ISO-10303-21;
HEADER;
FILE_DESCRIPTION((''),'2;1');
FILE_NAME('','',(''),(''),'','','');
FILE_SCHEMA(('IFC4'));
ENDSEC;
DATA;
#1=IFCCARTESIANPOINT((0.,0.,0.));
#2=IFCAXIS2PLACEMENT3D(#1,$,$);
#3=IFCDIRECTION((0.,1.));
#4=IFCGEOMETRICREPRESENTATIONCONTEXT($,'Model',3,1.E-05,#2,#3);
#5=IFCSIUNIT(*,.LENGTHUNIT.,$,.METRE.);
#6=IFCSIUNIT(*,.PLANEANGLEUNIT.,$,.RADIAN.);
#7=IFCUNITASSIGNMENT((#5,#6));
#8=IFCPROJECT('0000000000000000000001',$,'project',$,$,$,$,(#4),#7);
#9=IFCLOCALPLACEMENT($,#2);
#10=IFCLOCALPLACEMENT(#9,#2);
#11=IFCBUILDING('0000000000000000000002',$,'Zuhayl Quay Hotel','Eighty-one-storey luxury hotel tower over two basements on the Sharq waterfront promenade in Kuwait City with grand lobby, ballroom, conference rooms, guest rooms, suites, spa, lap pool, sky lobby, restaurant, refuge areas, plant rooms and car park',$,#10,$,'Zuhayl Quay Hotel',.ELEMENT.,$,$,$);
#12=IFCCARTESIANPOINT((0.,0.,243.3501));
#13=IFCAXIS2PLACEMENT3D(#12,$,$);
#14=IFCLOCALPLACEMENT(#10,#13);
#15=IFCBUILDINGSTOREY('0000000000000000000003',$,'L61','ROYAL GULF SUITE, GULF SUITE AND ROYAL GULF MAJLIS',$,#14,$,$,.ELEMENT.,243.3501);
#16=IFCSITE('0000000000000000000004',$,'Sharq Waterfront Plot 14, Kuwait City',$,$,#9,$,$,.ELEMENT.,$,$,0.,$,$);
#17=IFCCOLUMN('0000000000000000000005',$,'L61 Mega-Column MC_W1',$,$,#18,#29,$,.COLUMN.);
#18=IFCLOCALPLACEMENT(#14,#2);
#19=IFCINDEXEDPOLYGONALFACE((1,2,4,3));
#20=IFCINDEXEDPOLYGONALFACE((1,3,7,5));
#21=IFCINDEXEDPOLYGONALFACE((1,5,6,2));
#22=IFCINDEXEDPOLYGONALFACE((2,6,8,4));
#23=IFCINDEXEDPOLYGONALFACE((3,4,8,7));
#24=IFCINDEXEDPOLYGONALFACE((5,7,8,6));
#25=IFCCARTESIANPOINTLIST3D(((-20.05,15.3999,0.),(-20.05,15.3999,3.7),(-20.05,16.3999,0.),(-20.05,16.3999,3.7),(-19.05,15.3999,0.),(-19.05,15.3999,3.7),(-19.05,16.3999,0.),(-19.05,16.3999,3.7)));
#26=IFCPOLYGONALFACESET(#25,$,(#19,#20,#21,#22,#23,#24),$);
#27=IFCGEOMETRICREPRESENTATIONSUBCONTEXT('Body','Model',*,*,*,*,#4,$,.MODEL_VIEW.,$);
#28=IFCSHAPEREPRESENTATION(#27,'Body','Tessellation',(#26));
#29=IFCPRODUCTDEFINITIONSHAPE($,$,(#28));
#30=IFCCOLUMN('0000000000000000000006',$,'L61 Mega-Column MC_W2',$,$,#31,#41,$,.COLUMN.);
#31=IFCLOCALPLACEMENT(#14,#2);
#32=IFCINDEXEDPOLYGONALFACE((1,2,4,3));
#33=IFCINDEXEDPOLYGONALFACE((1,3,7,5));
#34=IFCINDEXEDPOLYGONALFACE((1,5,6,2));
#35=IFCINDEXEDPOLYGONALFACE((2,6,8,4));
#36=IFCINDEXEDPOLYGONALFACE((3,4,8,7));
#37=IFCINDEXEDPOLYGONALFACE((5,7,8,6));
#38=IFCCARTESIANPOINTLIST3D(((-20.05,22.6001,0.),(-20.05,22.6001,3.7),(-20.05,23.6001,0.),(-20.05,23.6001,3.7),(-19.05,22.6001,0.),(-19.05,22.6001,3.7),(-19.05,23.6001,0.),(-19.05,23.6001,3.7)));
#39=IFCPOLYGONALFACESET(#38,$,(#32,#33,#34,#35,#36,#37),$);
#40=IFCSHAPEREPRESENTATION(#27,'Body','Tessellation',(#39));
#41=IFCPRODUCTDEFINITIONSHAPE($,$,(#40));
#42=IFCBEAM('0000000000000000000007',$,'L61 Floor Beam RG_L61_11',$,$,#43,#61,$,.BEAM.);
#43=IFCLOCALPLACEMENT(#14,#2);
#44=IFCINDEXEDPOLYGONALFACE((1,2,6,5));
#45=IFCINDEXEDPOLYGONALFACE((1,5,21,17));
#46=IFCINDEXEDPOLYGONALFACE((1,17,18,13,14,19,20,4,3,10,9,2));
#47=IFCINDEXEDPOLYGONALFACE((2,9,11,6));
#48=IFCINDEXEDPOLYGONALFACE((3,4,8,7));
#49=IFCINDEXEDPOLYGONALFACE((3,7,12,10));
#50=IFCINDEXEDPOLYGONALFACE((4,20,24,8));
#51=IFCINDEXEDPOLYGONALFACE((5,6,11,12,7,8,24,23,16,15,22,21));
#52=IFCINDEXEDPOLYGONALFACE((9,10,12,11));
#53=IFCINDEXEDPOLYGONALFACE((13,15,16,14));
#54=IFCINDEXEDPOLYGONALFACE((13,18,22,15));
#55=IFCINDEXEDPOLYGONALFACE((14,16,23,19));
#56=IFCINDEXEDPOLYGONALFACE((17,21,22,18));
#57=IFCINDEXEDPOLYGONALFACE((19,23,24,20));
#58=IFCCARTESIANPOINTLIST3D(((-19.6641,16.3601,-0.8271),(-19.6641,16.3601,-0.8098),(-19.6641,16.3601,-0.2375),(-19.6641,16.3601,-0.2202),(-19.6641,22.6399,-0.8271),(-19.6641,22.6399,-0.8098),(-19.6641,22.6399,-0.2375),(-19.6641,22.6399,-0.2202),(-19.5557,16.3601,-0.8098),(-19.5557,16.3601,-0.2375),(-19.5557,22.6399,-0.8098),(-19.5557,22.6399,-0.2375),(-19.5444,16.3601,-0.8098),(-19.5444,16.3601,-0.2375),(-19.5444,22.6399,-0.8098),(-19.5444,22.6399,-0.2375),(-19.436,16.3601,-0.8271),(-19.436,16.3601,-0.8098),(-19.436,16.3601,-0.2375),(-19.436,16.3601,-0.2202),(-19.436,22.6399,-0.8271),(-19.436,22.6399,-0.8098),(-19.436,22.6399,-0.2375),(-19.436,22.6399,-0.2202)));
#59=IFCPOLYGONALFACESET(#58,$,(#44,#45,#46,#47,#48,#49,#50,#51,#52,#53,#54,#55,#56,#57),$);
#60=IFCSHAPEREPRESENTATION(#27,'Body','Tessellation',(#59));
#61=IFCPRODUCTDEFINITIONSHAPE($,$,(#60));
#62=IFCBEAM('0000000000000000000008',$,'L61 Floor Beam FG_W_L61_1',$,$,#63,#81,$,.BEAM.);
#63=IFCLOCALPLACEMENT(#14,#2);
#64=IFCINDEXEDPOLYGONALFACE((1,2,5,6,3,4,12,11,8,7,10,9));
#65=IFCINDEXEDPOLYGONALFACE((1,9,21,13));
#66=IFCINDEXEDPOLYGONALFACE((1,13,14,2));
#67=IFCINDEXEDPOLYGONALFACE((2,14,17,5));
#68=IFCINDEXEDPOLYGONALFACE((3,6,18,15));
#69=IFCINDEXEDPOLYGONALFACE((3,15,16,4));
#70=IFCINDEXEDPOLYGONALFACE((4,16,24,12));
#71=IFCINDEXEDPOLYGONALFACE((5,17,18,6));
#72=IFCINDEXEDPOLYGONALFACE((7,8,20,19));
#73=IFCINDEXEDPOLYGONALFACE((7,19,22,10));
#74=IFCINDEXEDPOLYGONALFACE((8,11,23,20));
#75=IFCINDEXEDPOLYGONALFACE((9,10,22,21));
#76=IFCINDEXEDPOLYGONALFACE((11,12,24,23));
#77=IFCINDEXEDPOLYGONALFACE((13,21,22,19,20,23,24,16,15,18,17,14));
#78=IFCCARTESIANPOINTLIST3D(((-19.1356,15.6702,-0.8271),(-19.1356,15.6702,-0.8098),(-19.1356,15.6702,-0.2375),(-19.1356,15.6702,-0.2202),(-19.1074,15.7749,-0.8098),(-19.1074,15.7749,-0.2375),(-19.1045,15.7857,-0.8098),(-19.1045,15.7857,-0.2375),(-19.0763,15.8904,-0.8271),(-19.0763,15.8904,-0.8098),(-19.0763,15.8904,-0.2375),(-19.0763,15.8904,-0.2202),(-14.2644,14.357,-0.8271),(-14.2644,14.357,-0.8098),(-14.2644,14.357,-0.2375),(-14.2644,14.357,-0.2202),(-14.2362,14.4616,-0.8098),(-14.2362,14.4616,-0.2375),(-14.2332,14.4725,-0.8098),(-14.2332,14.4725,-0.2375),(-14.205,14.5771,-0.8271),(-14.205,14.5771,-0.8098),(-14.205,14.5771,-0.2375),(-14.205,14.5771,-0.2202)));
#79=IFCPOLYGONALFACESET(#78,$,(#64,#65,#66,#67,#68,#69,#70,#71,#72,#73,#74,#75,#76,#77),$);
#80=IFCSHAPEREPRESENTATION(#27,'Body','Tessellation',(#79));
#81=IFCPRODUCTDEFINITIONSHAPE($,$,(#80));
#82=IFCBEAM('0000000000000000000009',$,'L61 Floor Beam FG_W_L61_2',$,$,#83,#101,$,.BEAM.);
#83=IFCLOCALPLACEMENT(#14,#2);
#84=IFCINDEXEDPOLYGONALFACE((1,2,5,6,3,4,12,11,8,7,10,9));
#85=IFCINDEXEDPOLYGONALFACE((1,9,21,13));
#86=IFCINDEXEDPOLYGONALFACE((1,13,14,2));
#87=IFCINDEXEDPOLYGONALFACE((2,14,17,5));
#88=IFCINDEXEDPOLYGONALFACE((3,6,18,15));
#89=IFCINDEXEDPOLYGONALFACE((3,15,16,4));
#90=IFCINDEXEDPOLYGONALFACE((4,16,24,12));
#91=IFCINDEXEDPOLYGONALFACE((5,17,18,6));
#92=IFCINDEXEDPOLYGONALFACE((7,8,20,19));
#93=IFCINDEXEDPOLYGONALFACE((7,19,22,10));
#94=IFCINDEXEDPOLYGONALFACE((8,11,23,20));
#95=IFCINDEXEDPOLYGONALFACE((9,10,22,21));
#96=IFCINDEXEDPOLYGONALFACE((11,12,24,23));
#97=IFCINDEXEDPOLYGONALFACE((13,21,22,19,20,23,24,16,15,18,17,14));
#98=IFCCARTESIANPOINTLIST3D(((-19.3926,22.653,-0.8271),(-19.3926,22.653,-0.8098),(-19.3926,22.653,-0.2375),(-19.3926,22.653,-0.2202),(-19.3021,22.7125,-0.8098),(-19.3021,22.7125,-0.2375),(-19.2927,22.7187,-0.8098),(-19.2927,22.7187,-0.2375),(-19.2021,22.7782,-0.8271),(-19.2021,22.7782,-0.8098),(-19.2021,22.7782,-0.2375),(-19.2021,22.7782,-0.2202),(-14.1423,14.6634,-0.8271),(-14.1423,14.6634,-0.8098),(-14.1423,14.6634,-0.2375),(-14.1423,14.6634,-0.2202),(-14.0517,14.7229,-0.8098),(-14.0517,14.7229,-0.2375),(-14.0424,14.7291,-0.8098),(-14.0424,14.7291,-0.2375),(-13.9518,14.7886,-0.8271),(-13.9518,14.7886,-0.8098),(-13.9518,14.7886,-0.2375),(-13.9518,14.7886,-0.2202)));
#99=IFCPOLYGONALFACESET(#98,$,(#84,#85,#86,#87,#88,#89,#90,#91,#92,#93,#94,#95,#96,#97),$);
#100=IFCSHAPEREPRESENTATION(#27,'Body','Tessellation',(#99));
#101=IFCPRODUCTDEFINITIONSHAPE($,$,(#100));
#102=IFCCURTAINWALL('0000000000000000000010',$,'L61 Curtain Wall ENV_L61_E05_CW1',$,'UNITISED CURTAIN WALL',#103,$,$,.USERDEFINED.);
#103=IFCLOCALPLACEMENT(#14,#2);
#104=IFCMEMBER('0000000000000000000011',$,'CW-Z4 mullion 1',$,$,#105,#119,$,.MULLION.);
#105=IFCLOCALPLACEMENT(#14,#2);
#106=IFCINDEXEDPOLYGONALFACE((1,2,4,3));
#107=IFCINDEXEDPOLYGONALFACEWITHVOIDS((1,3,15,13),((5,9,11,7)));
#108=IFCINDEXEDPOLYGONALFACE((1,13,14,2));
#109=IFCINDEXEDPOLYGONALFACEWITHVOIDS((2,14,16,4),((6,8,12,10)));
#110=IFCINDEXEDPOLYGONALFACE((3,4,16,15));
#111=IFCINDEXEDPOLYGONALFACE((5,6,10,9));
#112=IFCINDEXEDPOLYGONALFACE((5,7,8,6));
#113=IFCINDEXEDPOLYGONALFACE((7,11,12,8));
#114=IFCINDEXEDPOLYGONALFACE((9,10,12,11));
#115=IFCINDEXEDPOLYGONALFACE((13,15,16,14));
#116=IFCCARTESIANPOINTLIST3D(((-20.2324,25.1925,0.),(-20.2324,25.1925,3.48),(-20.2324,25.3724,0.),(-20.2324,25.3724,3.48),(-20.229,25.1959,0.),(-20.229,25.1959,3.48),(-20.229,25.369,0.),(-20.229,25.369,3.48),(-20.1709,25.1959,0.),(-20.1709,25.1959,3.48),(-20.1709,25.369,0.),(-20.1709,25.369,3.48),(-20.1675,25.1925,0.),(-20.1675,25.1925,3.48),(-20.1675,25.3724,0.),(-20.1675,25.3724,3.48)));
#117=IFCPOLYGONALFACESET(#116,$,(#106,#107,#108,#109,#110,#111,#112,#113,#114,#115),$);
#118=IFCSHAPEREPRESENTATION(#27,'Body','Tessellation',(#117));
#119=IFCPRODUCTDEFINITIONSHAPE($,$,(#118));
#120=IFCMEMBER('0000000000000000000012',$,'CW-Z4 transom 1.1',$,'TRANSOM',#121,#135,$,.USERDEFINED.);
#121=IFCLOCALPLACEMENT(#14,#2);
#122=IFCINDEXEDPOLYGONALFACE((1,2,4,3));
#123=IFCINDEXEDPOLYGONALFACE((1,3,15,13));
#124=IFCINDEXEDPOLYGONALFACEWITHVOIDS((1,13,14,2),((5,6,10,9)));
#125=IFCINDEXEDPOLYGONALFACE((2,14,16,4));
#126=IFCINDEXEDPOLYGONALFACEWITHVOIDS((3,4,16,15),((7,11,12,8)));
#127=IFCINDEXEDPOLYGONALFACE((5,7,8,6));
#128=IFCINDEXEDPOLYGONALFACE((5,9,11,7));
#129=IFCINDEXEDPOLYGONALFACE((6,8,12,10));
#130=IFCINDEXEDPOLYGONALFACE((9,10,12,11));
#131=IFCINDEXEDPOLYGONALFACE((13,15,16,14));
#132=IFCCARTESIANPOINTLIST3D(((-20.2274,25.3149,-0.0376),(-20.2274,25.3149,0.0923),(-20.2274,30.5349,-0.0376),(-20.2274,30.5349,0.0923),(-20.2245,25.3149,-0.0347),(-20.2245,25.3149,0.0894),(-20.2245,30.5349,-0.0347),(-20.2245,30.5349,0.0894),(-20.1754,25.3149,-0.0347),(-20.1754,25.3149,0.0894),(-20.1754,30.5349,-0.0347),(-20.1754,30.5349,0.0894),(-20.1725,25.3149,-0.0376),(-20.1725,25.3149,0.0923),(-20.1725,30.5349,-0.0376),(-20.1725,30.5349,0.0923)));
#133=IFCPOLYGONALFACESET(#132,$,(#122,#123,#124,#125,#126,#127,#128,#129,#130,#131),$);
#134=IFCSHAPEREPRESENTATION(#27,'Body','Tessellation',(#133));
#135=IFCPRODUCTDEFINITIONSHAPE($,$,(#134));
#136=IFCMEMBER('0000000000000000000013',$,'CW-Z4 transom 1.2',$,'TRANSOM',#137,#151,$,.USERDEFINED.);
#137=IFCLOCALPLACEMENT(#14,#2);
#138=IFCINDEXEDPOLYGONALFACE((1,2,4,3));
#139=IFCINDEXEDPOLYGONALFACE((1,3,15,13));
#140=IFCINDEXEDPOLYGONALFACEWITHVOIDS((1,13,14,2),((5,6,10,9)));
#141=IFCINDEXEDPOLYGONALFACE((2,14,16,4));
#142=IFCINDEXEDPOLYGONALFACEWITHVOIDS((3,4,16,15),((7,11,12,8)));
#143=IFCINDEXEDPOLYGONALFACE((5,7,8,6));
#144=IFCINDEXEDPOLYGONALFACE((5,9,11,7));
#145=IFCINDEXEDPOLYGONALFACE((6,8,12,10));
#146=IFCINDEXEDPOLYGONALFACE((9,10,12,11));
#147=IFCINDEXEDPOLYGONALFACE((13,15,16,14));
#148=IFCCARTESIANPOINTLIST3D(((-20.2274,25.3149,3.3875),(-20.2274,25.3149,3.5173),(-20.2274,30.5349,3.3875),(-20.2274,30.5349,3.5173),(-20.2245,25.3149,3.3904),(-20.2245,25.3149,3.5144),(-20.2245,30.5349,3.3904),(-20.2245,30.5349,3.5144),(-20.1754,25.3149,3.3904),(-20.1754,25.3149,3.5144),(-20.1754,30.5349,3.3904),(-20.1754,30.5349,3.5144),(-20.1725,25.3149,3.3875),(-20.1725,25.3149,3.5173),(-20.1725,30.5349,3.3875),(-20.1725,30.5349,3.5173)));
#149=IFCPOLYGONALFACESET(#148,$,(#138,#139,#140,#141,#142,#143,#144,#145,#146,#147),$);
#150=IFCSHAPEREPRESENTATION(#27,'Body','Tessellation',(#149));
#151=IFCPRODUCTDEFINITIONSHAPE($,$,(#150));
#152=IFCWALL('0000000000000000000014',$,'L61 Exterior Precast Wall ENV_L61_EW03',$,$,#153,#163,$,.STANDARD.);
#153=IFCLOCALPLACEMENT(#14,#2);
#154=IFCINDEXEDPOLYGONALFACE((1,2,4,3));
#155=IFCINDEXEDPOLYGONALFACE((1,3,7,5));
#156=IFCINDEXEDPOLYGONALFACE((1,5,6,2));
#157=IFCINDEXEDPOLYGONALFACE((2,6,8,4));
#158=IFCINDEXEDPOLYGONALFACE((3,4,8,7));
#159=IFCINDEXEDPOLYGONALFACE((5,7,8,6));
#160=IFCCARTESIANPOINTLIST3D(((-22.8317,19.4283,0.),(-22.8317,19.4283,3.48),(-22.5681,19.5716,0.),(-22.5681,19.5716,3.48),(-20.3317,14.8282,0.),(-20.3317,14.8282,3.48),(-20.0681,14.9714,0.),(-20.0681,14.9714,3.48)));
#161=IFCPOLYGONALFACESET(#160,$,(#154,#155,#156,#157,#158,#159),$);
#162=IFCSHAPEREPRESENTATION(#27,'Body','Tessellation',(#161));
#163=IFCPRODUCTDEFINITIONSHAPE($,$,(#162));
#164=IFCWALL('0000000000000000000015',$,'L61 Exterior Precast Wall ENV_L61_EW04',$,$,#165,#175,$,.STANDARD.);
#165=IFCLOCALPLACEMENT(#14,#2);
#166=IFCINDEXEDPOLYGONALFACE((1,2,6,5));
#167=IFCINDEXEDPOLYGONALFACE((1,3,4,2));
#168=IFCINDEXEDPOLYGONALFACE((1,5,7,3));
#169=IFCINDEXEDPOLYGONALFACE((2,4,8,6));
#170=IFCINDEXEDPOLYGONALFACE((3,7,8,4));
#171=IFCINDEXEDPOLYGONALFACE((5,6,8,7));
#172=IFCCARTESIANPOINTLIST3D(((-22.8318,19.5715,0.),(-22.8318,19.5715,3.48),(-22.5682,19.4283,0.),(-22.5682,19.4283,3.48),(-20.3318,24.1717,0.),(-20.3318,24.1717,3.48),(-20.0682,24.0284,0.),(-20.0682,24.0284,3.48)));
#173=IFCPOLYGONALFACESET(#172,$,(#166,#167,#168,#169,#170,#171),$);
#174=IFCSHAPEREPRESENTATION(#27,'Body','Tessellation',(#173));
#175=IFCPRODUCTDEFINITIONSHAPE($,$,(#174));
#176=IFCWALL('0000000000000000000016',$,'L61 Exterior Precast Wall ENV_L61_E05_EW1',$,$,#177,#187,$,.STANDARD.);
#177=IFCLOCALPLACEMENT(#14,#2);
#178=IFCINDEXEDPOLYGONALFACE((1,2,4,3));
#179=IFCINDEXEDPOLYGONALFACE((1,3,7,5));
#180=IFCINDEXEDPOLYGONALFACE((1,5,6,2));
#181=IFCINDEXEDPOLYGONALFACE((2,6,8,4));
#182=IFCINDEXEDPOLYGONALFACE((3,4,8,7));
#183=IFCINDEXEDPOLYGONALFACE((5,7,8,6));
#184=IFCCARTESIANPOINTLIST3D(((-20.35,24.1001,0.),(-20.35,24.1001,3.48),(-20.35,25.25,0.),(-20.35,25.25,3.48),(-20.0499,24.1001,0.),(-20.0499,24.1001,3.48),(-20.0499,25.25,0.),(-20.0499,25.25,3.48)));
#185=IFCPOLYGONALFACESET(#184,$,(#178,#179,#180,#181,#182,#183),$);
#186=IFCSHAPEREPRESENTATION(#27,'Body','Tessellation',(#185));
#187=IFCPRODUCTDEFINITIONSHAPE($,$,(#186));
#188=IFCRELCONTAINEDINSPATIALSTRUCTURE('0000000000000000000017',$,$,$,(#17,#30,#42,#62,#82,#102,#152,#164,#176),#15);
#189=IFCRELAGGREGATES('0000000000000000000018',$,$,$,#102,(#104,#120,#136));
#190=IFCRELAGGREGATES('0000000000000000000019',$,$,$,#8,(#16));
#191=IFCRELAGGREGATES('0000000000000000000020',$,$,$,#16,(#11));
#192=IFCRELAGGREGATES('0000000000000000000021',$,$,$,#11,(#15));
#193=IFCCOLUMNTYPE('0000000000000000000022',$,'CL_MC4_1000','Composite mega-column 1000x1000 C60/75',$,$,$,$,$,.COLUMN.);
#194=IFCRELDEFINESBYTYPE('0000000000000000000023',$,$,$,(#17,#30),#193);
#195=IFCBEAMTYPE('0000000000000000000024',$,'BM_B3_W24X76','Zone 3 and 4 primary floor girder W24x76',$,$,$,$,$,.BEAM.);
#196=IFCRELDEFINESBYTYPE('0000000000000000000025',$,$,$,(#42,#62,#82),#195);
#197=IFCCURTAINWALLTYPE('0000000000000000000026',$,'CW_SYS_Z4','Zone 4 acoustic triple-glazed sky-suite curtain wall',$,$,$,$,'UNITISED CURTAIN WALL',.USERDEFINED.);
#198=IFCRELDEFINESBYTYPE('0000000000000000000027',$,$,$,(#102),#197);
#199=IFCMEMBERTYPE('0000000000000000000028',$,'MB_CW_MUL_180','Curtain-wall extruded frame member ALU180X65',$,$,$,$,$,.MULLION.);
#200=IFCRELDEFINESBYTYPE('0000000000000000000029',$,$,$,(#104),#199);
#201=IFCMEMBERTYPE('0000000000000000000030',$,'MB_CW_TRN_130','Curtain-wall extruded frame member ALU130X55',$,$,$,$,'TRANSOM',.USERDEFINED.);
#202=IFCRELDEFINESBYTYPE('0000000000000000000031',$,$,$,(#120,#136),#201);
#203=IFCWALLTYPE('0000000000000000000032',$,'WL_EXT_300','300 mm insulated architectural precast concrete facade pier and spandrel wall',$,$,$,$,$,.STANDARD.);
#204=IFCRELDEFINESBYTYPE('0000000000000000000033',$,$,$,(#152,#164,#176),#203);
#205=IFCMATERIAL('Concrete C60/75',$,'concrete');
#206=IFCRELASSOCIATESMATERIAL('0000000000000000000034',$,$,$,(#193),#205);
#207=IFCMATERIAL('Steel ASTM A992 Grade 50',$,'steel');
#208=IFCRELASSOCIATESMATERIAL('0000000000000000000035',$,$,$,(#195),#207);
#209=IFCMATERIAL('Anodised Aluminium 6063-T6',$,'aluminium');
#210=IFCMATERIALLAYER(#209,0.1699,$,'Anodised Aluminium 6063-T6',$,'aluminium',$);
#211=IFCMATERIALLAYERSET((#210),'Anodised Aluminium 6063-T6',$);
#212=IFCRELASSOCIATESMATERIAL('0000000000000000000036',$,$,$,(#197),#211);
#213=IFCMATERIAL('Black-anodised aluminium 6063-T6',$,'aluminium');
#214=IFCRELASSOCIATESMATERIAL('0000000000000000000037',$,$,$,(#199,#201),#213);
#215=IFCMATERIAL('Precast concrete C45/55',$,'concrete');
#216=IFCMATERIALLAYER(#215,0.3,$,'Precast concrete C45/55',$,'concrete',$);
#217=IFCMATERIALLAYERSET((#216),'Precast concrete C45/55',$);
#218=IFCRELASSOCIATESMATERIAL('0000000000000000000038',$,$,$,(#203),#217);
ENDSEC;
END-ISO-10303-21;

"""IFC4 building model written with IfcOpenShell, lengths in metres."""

from ifc_helpers import new_model, si_unit, direction, frame, frame_2d, origin, origin_2d, place, context, subcontext, project, spatial, rectangle, hollow_rectangle, i_section, extrude, material, layer, layer_set, material_profile, profile_set, type_object, element, aggregate, save


model = new_model("IFC4")

# Units and contexts
model_context = context("Model", 3, precision=1e-05, world=origin(), true_north=direction((0.0, 1.0)))
body_context = subcontext(model_context, "Body", "Model", "MODEL_VIEW")
ifc_project = project(units=[si_unit("LENGTHUNIT", "METRE"), si_unit("PLANEANGLEUNIT", "RADIAN")], contexts=[model_context])

# Site, building, storey
site_placement = place(None, origin())
site = spatial("IfcSite", under=ifc_project, at=site_placement, Name="Sharq Waterfront Plot 14, Kuwait City", CompositionType="ELEMENT", RefElevation=0.0)
building_placement = place(site_placement, origin())
building = spatial("IfcBuilding", under=site, at=building_placement, Name="Zuhayl Quay Hotel", Description="Eighty-one-storey luxury hotel tower over two basements on the Sharq waterfront promenade in Kuwait City with grand lobby, ballroom, conference rooms, guest rooms, suites, spa, lap pool, sky lobby, restaurant, refuge areas, plant rooms and car park", LongName="Zuhayl Quay Hotel", CompositionType="ELEMENT")
storey_placement = place(building_placement, frame((0.0, 0.0, 243.3501)))
storey = spatial("IfcBuildingStorey", under=building, at=storey_placement, Name="L61", Description="ROYAL GULF SUITE, GULF SUITE AND ROYAL GULF MAJLIS", CompositionType="ELEMENT", Elevation=243.3501)

# Columns
ifc_material_1 = material(Name="Concrete C60/75", Category="concrete")
ifc_material_profile_1 = material_profile(ifc_material_1, rectangle(XDim=1.0, YDim=1.0, at=origin_2d()), Name="RC1000X1000")
ifc_profile_set_1 = profile_set([ifc_material_profile_1], Name="Concrete C60/75")
column_type = type_object("IfcColumnType", Name="CL_MC4_1000", Description="Composite mega-column 1000x1000 C60/75", PredefinedType="COLUMN", material=ifc_profile_set_1)
for number, where, z_axis, x_axis, name in (
    (1, (-19.55, 15.8999, 0.0), (0.0, 0.0, 1.0), (1.0, 0.0, 0.0), "L61 Mega-Column MC_W1"),
    (2, (-19.55, 23.1001, 0.0), (0.0, 0.0, 1.0), (1.0, 0.0, 0.0), "L61 Mega-Column MC_W2"),
):
    element("IfcColumn", number, at=place(storey_placement, frame(where, z_axis=z_axis, x_axis=x_axis)), inside=storey, type_object=column_type, Name=name, PredefinedType="COLUMN", context=body_context, shape_type="SweptSolid", body=[
        extrude(rectangle(XDim=1.0, YDim=1.0, at=origin_2d()), origin(), (0.0, 0.0, 1.0), 3.7),
    ])

# Beams
ifc_material_2 = material(Name="Steel ASTM A992 Grade 50", Category="steel")
ifc_material_profile_2 = material_profile(ifc_material_2, i_section(OverallWidth=0.228, OverallDepth=0.6069, WebThickness=0.0112, FlangeThickness=0.0173, at=origin_2d()), Name="W24X76")
ifc_profile_set_2 = profile_set([ifc_material_profile_2], Name="Steel ASTM A992 Grade 50")
beam_type = type_object("IfcBeamType", Name="BM_B3_W24X76", Description="Zone 3 and 4 primary floor girder W24x76", PredefinedType="BEAM", material=ifc_profile_set_2)
beam_1_placement = place(storey_placement, frame((-19.55, 22.6399, -0.5237), z_axis=(0.0, -1.0, 0.0), x_axis=(1.0, 0.0, 0.0)))
element("IfcBeam", 3, at=beam_1_placement, inside=storey, type_object=beam_type, Name="L61 Floor Beam RG_L61_11", PredefinedType="BEAM", context=body_context, shape_type="SweptSolid", body=[
    extrude(i_section(OverallWidth=0.228, OverallDepth=0.6069, WebThickness=0.0112, FlangeThickness=0.0173, at=origin_2d()), origin(), (0.0, 0.0, 1.0), 6.2798),
])
beam_2_placement = place(storey_placement, frame((-19.106, 15.7803, -0.5237), z_axis=(0.96553, -0.260291, 0.0), x_axis=(0.260291, 0.96553, 0.0)))
element("IfcBeam", 4, at=beam_2_placement, inside=storey, type_object=beam_type, Name="L61 Floor Beam FG_W_L61_1", PredefinedType="BEAM", context=body_context, shape_type="SweptSolid", body=[
    extrude(i_section(OverallWidth=0.228, OverallDepth=0.6069, WebThickness=0.0112, FlangeThickness=0.0173, at=origin_2d()), origin(), (0.0, 0.0, 1.0), 5.0452),
])
beam_3_placement = place(storey_placement, frame((-19.2974, 22.7156, -0.5237), z_axis=(0.549178, -0.835705, 0.0), x_axis=(0.835705, 0.549178, 0.0)))
element("IfcBeam", 5, at=beam_3_placement, inside=storey, type_object=beam_type, Name="L61 Floor Beam FG_W_L61_2", PredefinedType="BEAM", context=body_context, shape_type="SweptSolid", body=[
    extrude(i_section(OverallWidth=0.228, OverallDepth=0.6069, WebThickness=0.0112, FlangeThickness=0.0173, at=origin_2d()), origin(), (0.0, 0.0, 1.0), 9.5603),
])

# Curtain wall, members
ifc_material_3 = material(Name="Anodised Aluminium 6063-T6", Category="aluminium")
ifc_layer_1 = layer(ifc_material_3, 0.1699, Name="Anodised Aluminium 6063-T6", Category="aluminium")
ifc_layer_set_1 = layer_set([ifc_layer_1], Name="Anodised Aluminium 6063-T6")
curtain_wall_type = type_object("IfcCurtainWallType", Name="CW_SYS_Z4", Description="Zone 4 acoustic triple-glazed sky-suite curtain wall", ElementType="UNITISED CURTAIN WALL", PredefinedType="USERDEFINED", material=ifc_layer_set_1)
curtain_wall_placement = place(storey_placement, origin())
curtain_wall = element("IfcCurtainWall", 6, at=curtain_wall_placement, inside=storey, type_object=curtain_wall_type, Name="L61 Curtain Wall ENV_L61_E05_CW1", ObjectType="UNITISED CURTAIN WALL", PredefinedType="USERDEFINED")
ifc_material_4 = material(Name="Black-anodised aluminium 6063-T6", Category="aluminium")
ifc_material_profile_3 = material_profile(ifc_material_4, hollow_rectangle(XDim=0.0649, YDim=0.1799, WallThickness=0.0034, at=origin_2d()), Name="ALU180X65")
ifc_profile_set_3 = profile_set([ifc_material_profile_3], Name="Black-anodised aluminium 6063-T6")
member_type_1 = type_object("IfcMemberType", Name="MB_CW_MUL_180", Description="Curtain-wall extruded frame member ALU180X65", PredefinedType="MULLION", material=ifc_profile_set_3)
member_1_placement = place(storey_placement, frame((-20.2, 25.2825, 0.0), z_axis=(0.0, 0.0, 1.0), x_axis=(-1.0, 0.0, 0.0)))
member_1 = element("IfcMember", 7, at=member_1_placement, type_object=member_type_1, Name="CW-Z4 mullion 1", PredefinedType="MULLION", context=body_context, shape_type="SweptSolid", body=[
    extrude(hollow_rectangle(XDim=0.0649, YDim=0.1799, WallThickness=0.0034, at=origin_2d()), origin(), (0.0, 0.0, 1.0), 3.48),
])
ifc_material_profile_4 = material_profile(ifc_material_4, hollow_rectangle(XDim=0.0549, YDim=0.1299, WallThickness=0.0029, at=origin_2d()), Name="ALU130X55")
ifc_profile_set_4 = profile_set([ifc_material_profile_4], Name="Black-anodised aluminium 6063-T6")
member_type_2 = type_object("IfcMemberType", Name="MB_CW_TRN_130", Description="Curtain-wall extruded frame member ALU130X55", ElementType="TRANSOM", PredefinedType="USERDEFINED", material=ifc_profile_set_4)
member_2_placement = place(storey_placement, frame((-20.2, 25.3149, 0.0273), z_axis=(0.0, 1.0, 0.0), x_axis=(-1.0, 0.0, 0.0)))
member_2 = element("IfcMember", 8, at=member_2_placement, type_object=member_type_2, Name="CW-Z4 transom 1.1", ObjectType="TRANSOM", PredefinedType="USERDEFINED", context=body_context, shape_type="SweptSolid", body=[
    extrude(hollow_rectangle(XDim=0.0549, YDim=0.1299, WallThickness=0.0029, at=origin_2d()), origin(), (0.0, 0.0, 1.0), 5.22),
])
member_3_placement = place(storey_placement, frame((-20.2, 25.3149, 3.4524), z_axis=(0.0, 1.0, 0.0), x_axis=(-1.0, 0.0, 0.0)))
member_3 = element("IfcMember", 9, at=member_3_placement, type_object=member_type_2, Name="CW-Z4 transom 1.2", ObjectType="TRANSOM", PredefinedType="USERDEFINED", context=body_context, shape_type="SweptSolid", body=[
    extrude(hollow_rectangle(XDim=0.0549, YDim=0.1299, WallThickness=0.0029, at=origin_2d()), origin(), (0.0, 0.0, 1.0), 5.22),
])
aggregate(curtain_wall, [member_1, member_2, member_3])

# Walls
ifc_material_5 = material(Name="Precast concrete C45/55", Category="concrete")
ifc_layer_2 = layer(ifc_material_5, 0.3, Name="Precast concrete C45/55", Category="concrete")
ifc_layer_set_2 = layer_set([ifc_layer_2], Name="Precast concrete C45/55")
wall_type_1 = type_object("IfcWallType", Name="WL_EXT_300", Description="300 mm insulated architectural precast concrete facade pier and spandrel wall", PredefinedType="STANDARD", material=ifc_layer_set_2)
for number, where, z_axis, x_axis, name in (
    (10, (-20.2, 14.8999, 0.0), (0.0, 0.0, 1.0), (-0.477505, 0.878629, 0.0), "L61 Exterior Precast Wall ENV_L61_EW03"),
    (11, (-22.7, 19.5, 0.0), (0.0, 0.0, 1.0), (0.477505, 0.878629, 0.0), "L61 Exterior Precast Wall ENV_L61_EW04"),
):
    element("IfcWall", number, at=place(storey_placement, frame(where, z_axis=z_axis, x_axis=x_axis)), inside=storey, type_object=wall_type_1, Name=name, PredefinedType="STANDARD", context=body_context, shape_type="SweptSolid", body=[
        extrude(rectangle(XDim=5.2356, YDim=0.3, at=frame_2d((2.6177, 0.0))), origin(), (0.0, 0.0, 1.0), 3.48),
    ])
wall_1_placement = place(storey_placement, frame((-20.2, 24.1001, 0.0), z_axis=(0.0, 0.0, 1.0), x_axis=(0.0, 1.0, 0.0)))
element("IfcWall", 12, at=wall_1_placement, inside=storey, type_object=wall_type_1, Name="L61 Exterior Precast Wall ENV_L61_E05_EW1", PredefinedType="STANDARD", context=body_context, shape_type="SweptSolid", body=[
    extrude(rectangle(XDim=1.1499, YDim=0.3, at=frame_2d((0.575, 0.0))), origin(), (0.0, 0.0, 1.0), 3.48),
])

save(model, "model.ifc")
